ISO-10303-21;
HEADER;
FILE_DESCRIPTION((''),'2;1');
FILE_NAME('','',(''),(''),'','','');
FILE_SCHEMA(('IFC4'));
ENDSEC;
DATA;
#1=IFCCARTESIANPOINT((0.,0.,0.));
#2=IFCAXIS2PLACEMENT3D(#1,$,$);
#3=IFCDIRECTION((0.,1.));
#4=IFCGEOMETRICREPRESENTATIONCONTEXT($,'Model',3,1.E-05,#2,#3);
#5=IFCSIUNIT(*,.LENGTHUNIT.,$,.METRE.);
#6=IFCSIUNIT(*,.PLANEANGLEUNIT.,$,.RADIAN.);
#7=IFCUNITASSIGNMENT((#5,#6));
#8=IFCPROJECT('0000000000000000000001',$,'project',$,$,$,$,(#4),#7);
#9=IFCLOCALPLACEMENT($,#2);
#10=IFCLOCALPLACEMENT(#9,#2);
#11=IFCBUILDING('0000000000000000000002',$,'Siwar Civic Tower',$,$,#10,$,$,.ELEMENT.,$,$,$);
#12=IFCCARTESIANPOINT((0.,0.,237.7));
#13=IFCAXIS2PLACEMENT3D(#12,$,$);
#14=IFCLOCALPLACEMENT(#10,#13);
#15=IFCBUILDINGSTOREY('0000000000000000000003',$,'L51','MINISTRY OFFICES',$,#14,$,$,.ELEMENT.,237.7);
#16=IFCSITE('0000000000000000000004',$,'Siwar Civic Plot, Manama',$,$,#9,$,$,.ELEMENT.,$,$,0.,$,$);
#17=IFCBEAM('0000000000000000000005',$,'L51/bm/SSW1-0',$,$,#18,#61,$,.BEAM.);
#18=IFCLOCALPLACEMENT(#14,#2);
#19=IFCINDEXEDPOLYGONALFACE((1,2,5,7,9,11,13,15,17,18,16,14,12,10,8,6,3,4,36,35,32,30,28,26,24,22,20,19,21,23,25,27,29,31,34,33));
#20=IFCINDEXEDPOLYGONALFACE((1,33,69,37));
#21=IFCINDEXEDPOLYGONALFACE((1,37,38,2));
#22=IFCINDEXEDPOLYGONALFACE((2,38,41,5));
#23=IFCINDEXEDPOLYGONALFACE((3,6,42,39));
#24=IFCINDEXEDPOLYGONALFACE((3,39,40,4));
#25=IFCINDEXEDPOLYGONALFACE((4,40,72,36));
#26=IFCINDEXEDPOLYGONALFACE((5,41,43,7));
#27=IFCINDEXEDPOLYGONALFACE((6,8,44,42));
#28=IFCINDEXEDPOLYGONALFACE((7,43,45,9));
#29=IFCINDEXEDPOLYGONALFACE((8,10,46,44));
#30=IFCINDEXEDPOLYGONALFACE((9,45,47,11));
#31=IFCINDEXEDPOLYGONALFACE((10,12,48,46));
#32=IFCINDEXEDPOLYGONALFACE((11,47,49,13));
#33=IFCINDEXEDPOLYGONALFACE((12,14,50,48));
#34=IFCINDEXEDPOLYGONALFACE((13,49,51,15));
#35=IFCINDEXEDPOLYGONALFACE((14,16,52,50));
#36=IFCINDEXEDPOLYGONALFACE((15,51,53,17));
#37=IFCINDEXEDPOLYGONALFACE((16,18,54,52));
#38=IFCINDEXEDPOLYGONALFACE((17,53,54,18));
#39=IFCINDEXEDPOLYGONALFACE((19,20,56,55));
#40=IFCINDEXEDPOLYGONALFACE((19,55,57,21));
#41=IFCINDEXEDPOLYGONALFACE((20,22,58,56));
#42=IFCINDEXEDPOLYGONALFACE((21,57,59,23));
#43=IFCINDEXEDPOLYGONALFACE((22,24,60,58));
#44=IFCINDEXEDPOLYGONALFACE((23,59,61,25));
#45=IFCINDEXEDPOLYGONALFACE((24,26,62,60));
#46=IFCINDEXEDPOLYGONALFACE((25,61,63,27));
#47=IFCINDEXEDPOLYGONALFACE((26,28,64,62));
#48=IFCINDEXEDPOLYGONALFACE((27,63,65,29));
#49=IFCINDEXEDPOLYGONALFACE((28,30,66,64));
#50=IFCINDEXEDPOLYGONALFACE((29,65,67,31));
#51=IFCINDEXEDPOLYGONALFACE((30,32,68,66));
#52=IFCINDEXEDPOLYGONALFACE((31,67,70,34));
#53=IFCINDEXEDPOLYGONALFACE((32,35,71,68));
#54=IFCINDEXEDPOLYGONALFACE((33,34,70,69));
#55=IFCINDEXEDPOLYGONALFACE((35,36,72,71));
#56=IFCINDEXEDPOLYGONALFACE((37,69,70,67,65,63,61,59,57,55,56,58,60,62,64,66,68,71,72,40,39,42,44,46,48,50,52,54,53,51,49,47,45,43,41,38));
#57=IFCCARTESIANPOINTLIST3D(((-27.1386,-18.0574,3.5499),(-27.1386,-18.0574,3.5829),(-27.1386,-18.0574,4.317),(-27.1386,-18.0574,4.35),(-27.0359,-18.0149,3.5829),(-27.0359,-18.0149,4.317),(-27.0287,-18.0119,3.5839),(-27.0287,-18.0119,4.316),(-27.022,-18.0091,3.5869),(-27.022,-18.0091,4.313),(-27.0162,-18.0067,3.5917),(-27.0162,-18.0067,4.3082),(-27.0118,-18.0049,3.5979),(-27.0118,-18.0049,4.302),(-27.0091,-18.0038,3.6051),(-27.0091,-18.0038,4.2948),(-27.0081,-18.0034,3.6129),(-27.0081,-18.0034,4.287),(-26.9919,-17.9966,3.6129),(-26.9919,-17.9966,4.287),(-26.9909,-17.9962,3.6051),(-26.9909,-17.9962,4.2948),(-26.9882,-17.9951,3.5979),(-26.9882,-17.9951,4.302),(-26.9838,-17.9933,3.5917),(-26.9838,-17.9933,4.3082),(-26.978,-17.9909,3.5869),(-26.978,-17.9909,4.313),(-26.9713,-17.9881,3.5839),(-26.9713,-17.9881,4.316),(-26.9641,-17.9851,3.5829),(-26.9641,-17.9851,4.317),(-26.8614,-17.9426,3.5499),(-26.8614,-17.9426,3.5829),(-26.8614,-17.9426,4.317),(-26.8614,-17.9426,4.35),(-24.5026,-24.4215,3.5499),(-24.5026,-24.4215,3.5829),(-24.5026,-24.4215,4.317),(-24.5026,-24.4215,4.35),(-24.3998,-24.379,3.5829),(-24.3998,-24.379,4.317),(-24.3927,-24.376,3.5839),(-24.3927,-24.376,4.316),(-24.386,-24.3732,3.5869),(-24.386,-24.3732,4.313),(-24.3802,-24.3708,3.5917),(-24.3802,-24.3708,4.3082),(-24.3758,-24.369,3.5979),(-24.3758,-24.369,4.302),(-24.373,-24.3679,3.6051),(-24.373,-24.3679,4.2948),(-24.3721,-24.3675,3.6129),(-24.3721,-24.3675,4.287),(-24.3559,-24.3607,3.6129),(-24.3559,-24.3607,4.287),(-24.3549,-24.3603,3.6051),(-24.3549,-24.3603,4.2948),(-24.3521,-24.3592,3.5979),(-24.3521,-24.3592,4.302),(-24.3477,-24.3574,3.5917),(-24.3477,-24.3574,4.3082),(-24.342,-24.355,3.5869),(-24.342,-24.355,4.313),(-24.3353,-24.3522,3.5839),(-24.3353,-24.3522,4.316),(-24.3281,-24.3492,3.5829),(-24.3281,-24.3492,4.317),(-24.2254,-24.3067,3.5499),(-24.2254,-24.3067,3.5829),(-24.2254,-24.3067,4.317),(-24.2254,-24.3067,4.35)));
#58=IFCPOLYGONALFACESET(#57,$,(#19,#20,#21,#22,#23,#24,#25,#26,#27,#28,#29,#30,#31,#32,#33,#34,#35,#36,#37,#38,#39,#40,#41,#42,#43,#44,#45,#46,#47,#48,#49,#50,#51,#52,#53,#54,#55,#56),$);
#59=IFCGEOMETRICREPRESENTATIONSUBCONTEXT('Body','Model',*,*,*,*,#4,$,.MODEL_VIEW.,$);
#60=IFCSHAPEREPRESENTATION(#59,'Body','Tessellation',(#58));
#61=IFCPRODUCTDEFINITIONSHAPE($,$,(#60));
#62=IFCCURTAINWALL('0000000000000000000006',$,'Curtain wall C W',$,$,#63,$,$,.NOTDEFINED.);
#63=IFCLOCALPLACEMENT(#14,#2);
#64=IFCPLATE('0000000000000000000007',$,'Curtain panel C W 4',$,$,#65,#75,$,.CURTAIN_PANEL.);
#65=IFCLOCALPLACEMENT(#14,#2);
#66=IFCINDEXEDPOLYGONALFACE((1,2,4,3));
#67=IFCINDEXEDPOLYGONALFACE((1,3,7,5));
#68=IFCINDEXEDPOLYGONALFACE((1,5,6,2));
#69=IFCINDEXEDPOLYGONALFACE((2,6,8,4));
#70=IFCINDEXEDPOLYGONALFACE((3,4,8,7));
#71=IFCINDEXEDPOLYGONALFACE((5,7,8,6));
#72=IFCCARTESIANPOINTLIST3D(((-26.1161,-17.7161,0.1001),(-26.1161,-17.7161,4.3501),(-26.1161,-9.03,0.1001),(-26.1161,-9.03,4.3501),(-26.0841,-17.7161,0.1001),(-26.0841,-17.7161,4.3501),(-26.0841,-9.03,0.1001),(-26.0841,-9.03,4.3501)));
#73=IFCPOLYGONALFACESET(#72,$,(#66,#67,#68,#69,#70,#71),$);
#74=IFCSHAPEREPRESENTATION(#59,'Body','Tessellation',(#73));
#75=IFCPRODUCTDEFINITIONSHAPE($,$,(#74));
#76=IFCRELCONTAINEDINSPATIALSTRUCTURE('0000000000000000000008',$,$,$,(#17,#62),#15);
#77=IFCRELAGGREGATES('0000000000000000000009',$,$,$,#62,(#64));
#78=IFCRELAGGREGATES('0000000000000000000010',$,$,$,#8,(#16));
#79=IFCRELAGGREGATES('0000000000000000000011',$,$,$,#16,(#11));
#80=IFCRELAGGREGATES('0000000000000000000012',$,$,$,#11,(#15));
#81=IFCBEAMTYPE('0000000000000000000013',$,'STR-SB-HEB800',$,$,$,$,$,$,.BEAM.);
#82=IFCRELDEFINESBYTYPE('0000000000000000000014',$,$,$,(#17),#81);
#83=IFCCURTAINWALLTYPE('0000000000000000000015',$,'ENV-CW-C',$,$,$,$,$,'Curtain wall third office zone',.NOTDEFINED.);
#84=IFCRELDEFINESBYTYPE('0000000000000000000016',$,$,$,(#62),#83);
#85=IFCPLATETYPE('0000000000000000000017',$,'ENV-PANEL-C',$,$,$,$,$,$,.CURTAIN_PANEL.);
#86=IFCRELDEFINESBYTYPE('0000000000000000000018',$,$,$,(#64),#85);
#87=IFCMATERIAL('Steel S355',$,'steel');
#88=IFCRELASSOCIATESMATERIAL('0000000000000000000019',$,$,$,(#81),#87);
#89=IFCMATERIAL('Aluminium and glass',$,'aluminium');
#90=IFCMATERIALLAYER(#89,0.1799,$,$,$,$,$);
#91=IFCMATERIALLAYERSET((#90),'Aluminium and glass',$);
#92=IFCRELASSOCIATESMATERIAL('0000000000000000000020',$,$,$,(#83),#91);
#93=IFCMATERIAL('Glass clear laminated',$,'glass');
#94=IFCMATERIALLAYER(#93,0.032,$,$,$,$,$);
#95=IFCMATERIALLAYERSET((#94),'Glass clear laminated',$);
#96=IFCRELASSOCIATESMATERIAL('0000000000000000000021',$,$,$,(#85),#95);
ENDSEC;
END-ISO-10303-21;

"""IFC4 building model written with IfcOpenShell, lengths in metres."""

from ifc_helpers import new_model, si_unit, direction, frame, origin, origin_2d, place, context, subcontext, project, spatial, rectangle, i_section, extrude, material, layer, layer_set, material_profile, profile_set, type_object, element, aggregate, save


model = new_model("IFC4")

# Units and contexts
model_context = context("Model", 3, precision=1e-05, world=origin(), true_north=direction((0.0, 1.0)))
body_context = subcontext(model_context, "Body", "Model", "MODEL_VIEW")
ifc_project = project(units=[si_unit("LENGTHUNIT", "METRE"), si_unit("PLANEANGLEUNIT", "RADIAN")], contexts=[model_context])

# Site, building, storey
site_placement = place(None, origin())
site = spatial("IfcSite", under=ifc_project, at=site_placement, Name="Siwar Civic Plot, Manama", CompositionType="ELEMENT", RefElevation=0.0)
building_placement = place(site_placement, origin())
building = spatial("IfcBuilding", under=site, at=building_placement, Name="Siwar Civic Tower", CompositionType="ELEMENT")
storey_placement = place(building_placement, frame((0.0, 0.0, 237.7)))
storey = spatial("IfcBuildingStorey", under=building, at=storey_placement, Name="L51", Description="MINISTRY OFFICES", CompositionType="ELEMENT", Elevation=237.7)

# Beam
ifc_material_1 = material(Name="Steel S355", Category="steel")
ifc_material_profile_1 = material_profile(ifc_material_1, i_section(OverallWidth=0.3, OverallDepth=0.8, WebThickness=0.0176, FlangeThickness=0.033, FilletRadius=0.03, at=origin_2d()), Name="HEB800")
ifc_profile_set_1 = profile_set([ifc_material_profile_1], Name="Steel S355")
beam_type_1 = type_object("IfcBeamType", Name="STR-SB-HEB800", PredefinedType="BEAM", material=ifc_profile_set_1)
beam_1_placement = place(storey_placement, frame((-27.0, -18.0, 3.95), z_axis=(0.382674, -0.923883, 0.0), x_axis=(0.923883, 0.382674, 0.0)))
element("IfcBeam", 1, at=beam_1_placement, inside=storey, type_object=beam_type_1, Name="L51/bm/SSW1-0", PredefinedType="BEAM", context=body_context, shape_type="SweptSolid", body=[
    extrude(i_section(OverallWidth=0.3, OverallDepth=0.8, WebThickness=0.0176, FlangeThickness=0.033, FilletRadius=0.03, at=origin_2d()), origin(), (0.0, 0.0, 1.0), 6.8884),
])

# Curtain wall, plate
ifc_material_2 = material(Name="Aluminium and glass", Category="aluminium")
ifc_layer_1 = layer(ifc_material_2, 0.1799)
ifc_layer_set_1 = layer_set([ifc_layer_1], Name="Aluminium and glass")
curtain_wall_type_1 = type_object("IfcCurtainWallType", Name="ENV-CW-C", ElementType="Curtain wall third office zone", PredefinedType="NOTDEFINED", material=ifc_layer_set_1)
curtain_wall_1_placement = place(storey_placement, origin())
curtain_wall_1 = element("IfcCurtainWall", 2, at=curtain_wall_1_placement, inside=storey, type_object=curtain_wall_type_1, Name="Curtain wall C W", PredefinedType="NOTDEFINED")
ifc_material_3 = material(Name="Glass clear laminated", Category="glass")
ifc_layer_2 = layer(ifc_material_3, 0.032)
ifc_layer_set_2 = layer_set([ifc_layer_2], Name="Glass clear laminated")
plate_type = type_object("IfcPlateType", Name="ENV-PANEL-C", PredefinedType="CURTAIN_PANEL", material=ifc_layer_set_2)
plate_placement = place(storey_placement, frame((-26.1001, -13.373, 0.1001), z_axis=(0.0, 0.0, 1.0), x_axis=(0.0, -1.0, 0.0)))
plate = element("IfcPlate", 3, at=plate_placement, type_object=plate_type, Name="Curtain panel C W 4", PredefinedType="CURTAIN_PANEL", context=body_context, shape_type="SweptSolid", body=[
    extrude(rectangle(XDim=8.686, YDim=0.032, at=origin_2d()), origin(), (0.0, 0.0, 1.0), 4.25),
])
aggregate(curtain_wall_1, [plate])

save(model, "model.ifc")
